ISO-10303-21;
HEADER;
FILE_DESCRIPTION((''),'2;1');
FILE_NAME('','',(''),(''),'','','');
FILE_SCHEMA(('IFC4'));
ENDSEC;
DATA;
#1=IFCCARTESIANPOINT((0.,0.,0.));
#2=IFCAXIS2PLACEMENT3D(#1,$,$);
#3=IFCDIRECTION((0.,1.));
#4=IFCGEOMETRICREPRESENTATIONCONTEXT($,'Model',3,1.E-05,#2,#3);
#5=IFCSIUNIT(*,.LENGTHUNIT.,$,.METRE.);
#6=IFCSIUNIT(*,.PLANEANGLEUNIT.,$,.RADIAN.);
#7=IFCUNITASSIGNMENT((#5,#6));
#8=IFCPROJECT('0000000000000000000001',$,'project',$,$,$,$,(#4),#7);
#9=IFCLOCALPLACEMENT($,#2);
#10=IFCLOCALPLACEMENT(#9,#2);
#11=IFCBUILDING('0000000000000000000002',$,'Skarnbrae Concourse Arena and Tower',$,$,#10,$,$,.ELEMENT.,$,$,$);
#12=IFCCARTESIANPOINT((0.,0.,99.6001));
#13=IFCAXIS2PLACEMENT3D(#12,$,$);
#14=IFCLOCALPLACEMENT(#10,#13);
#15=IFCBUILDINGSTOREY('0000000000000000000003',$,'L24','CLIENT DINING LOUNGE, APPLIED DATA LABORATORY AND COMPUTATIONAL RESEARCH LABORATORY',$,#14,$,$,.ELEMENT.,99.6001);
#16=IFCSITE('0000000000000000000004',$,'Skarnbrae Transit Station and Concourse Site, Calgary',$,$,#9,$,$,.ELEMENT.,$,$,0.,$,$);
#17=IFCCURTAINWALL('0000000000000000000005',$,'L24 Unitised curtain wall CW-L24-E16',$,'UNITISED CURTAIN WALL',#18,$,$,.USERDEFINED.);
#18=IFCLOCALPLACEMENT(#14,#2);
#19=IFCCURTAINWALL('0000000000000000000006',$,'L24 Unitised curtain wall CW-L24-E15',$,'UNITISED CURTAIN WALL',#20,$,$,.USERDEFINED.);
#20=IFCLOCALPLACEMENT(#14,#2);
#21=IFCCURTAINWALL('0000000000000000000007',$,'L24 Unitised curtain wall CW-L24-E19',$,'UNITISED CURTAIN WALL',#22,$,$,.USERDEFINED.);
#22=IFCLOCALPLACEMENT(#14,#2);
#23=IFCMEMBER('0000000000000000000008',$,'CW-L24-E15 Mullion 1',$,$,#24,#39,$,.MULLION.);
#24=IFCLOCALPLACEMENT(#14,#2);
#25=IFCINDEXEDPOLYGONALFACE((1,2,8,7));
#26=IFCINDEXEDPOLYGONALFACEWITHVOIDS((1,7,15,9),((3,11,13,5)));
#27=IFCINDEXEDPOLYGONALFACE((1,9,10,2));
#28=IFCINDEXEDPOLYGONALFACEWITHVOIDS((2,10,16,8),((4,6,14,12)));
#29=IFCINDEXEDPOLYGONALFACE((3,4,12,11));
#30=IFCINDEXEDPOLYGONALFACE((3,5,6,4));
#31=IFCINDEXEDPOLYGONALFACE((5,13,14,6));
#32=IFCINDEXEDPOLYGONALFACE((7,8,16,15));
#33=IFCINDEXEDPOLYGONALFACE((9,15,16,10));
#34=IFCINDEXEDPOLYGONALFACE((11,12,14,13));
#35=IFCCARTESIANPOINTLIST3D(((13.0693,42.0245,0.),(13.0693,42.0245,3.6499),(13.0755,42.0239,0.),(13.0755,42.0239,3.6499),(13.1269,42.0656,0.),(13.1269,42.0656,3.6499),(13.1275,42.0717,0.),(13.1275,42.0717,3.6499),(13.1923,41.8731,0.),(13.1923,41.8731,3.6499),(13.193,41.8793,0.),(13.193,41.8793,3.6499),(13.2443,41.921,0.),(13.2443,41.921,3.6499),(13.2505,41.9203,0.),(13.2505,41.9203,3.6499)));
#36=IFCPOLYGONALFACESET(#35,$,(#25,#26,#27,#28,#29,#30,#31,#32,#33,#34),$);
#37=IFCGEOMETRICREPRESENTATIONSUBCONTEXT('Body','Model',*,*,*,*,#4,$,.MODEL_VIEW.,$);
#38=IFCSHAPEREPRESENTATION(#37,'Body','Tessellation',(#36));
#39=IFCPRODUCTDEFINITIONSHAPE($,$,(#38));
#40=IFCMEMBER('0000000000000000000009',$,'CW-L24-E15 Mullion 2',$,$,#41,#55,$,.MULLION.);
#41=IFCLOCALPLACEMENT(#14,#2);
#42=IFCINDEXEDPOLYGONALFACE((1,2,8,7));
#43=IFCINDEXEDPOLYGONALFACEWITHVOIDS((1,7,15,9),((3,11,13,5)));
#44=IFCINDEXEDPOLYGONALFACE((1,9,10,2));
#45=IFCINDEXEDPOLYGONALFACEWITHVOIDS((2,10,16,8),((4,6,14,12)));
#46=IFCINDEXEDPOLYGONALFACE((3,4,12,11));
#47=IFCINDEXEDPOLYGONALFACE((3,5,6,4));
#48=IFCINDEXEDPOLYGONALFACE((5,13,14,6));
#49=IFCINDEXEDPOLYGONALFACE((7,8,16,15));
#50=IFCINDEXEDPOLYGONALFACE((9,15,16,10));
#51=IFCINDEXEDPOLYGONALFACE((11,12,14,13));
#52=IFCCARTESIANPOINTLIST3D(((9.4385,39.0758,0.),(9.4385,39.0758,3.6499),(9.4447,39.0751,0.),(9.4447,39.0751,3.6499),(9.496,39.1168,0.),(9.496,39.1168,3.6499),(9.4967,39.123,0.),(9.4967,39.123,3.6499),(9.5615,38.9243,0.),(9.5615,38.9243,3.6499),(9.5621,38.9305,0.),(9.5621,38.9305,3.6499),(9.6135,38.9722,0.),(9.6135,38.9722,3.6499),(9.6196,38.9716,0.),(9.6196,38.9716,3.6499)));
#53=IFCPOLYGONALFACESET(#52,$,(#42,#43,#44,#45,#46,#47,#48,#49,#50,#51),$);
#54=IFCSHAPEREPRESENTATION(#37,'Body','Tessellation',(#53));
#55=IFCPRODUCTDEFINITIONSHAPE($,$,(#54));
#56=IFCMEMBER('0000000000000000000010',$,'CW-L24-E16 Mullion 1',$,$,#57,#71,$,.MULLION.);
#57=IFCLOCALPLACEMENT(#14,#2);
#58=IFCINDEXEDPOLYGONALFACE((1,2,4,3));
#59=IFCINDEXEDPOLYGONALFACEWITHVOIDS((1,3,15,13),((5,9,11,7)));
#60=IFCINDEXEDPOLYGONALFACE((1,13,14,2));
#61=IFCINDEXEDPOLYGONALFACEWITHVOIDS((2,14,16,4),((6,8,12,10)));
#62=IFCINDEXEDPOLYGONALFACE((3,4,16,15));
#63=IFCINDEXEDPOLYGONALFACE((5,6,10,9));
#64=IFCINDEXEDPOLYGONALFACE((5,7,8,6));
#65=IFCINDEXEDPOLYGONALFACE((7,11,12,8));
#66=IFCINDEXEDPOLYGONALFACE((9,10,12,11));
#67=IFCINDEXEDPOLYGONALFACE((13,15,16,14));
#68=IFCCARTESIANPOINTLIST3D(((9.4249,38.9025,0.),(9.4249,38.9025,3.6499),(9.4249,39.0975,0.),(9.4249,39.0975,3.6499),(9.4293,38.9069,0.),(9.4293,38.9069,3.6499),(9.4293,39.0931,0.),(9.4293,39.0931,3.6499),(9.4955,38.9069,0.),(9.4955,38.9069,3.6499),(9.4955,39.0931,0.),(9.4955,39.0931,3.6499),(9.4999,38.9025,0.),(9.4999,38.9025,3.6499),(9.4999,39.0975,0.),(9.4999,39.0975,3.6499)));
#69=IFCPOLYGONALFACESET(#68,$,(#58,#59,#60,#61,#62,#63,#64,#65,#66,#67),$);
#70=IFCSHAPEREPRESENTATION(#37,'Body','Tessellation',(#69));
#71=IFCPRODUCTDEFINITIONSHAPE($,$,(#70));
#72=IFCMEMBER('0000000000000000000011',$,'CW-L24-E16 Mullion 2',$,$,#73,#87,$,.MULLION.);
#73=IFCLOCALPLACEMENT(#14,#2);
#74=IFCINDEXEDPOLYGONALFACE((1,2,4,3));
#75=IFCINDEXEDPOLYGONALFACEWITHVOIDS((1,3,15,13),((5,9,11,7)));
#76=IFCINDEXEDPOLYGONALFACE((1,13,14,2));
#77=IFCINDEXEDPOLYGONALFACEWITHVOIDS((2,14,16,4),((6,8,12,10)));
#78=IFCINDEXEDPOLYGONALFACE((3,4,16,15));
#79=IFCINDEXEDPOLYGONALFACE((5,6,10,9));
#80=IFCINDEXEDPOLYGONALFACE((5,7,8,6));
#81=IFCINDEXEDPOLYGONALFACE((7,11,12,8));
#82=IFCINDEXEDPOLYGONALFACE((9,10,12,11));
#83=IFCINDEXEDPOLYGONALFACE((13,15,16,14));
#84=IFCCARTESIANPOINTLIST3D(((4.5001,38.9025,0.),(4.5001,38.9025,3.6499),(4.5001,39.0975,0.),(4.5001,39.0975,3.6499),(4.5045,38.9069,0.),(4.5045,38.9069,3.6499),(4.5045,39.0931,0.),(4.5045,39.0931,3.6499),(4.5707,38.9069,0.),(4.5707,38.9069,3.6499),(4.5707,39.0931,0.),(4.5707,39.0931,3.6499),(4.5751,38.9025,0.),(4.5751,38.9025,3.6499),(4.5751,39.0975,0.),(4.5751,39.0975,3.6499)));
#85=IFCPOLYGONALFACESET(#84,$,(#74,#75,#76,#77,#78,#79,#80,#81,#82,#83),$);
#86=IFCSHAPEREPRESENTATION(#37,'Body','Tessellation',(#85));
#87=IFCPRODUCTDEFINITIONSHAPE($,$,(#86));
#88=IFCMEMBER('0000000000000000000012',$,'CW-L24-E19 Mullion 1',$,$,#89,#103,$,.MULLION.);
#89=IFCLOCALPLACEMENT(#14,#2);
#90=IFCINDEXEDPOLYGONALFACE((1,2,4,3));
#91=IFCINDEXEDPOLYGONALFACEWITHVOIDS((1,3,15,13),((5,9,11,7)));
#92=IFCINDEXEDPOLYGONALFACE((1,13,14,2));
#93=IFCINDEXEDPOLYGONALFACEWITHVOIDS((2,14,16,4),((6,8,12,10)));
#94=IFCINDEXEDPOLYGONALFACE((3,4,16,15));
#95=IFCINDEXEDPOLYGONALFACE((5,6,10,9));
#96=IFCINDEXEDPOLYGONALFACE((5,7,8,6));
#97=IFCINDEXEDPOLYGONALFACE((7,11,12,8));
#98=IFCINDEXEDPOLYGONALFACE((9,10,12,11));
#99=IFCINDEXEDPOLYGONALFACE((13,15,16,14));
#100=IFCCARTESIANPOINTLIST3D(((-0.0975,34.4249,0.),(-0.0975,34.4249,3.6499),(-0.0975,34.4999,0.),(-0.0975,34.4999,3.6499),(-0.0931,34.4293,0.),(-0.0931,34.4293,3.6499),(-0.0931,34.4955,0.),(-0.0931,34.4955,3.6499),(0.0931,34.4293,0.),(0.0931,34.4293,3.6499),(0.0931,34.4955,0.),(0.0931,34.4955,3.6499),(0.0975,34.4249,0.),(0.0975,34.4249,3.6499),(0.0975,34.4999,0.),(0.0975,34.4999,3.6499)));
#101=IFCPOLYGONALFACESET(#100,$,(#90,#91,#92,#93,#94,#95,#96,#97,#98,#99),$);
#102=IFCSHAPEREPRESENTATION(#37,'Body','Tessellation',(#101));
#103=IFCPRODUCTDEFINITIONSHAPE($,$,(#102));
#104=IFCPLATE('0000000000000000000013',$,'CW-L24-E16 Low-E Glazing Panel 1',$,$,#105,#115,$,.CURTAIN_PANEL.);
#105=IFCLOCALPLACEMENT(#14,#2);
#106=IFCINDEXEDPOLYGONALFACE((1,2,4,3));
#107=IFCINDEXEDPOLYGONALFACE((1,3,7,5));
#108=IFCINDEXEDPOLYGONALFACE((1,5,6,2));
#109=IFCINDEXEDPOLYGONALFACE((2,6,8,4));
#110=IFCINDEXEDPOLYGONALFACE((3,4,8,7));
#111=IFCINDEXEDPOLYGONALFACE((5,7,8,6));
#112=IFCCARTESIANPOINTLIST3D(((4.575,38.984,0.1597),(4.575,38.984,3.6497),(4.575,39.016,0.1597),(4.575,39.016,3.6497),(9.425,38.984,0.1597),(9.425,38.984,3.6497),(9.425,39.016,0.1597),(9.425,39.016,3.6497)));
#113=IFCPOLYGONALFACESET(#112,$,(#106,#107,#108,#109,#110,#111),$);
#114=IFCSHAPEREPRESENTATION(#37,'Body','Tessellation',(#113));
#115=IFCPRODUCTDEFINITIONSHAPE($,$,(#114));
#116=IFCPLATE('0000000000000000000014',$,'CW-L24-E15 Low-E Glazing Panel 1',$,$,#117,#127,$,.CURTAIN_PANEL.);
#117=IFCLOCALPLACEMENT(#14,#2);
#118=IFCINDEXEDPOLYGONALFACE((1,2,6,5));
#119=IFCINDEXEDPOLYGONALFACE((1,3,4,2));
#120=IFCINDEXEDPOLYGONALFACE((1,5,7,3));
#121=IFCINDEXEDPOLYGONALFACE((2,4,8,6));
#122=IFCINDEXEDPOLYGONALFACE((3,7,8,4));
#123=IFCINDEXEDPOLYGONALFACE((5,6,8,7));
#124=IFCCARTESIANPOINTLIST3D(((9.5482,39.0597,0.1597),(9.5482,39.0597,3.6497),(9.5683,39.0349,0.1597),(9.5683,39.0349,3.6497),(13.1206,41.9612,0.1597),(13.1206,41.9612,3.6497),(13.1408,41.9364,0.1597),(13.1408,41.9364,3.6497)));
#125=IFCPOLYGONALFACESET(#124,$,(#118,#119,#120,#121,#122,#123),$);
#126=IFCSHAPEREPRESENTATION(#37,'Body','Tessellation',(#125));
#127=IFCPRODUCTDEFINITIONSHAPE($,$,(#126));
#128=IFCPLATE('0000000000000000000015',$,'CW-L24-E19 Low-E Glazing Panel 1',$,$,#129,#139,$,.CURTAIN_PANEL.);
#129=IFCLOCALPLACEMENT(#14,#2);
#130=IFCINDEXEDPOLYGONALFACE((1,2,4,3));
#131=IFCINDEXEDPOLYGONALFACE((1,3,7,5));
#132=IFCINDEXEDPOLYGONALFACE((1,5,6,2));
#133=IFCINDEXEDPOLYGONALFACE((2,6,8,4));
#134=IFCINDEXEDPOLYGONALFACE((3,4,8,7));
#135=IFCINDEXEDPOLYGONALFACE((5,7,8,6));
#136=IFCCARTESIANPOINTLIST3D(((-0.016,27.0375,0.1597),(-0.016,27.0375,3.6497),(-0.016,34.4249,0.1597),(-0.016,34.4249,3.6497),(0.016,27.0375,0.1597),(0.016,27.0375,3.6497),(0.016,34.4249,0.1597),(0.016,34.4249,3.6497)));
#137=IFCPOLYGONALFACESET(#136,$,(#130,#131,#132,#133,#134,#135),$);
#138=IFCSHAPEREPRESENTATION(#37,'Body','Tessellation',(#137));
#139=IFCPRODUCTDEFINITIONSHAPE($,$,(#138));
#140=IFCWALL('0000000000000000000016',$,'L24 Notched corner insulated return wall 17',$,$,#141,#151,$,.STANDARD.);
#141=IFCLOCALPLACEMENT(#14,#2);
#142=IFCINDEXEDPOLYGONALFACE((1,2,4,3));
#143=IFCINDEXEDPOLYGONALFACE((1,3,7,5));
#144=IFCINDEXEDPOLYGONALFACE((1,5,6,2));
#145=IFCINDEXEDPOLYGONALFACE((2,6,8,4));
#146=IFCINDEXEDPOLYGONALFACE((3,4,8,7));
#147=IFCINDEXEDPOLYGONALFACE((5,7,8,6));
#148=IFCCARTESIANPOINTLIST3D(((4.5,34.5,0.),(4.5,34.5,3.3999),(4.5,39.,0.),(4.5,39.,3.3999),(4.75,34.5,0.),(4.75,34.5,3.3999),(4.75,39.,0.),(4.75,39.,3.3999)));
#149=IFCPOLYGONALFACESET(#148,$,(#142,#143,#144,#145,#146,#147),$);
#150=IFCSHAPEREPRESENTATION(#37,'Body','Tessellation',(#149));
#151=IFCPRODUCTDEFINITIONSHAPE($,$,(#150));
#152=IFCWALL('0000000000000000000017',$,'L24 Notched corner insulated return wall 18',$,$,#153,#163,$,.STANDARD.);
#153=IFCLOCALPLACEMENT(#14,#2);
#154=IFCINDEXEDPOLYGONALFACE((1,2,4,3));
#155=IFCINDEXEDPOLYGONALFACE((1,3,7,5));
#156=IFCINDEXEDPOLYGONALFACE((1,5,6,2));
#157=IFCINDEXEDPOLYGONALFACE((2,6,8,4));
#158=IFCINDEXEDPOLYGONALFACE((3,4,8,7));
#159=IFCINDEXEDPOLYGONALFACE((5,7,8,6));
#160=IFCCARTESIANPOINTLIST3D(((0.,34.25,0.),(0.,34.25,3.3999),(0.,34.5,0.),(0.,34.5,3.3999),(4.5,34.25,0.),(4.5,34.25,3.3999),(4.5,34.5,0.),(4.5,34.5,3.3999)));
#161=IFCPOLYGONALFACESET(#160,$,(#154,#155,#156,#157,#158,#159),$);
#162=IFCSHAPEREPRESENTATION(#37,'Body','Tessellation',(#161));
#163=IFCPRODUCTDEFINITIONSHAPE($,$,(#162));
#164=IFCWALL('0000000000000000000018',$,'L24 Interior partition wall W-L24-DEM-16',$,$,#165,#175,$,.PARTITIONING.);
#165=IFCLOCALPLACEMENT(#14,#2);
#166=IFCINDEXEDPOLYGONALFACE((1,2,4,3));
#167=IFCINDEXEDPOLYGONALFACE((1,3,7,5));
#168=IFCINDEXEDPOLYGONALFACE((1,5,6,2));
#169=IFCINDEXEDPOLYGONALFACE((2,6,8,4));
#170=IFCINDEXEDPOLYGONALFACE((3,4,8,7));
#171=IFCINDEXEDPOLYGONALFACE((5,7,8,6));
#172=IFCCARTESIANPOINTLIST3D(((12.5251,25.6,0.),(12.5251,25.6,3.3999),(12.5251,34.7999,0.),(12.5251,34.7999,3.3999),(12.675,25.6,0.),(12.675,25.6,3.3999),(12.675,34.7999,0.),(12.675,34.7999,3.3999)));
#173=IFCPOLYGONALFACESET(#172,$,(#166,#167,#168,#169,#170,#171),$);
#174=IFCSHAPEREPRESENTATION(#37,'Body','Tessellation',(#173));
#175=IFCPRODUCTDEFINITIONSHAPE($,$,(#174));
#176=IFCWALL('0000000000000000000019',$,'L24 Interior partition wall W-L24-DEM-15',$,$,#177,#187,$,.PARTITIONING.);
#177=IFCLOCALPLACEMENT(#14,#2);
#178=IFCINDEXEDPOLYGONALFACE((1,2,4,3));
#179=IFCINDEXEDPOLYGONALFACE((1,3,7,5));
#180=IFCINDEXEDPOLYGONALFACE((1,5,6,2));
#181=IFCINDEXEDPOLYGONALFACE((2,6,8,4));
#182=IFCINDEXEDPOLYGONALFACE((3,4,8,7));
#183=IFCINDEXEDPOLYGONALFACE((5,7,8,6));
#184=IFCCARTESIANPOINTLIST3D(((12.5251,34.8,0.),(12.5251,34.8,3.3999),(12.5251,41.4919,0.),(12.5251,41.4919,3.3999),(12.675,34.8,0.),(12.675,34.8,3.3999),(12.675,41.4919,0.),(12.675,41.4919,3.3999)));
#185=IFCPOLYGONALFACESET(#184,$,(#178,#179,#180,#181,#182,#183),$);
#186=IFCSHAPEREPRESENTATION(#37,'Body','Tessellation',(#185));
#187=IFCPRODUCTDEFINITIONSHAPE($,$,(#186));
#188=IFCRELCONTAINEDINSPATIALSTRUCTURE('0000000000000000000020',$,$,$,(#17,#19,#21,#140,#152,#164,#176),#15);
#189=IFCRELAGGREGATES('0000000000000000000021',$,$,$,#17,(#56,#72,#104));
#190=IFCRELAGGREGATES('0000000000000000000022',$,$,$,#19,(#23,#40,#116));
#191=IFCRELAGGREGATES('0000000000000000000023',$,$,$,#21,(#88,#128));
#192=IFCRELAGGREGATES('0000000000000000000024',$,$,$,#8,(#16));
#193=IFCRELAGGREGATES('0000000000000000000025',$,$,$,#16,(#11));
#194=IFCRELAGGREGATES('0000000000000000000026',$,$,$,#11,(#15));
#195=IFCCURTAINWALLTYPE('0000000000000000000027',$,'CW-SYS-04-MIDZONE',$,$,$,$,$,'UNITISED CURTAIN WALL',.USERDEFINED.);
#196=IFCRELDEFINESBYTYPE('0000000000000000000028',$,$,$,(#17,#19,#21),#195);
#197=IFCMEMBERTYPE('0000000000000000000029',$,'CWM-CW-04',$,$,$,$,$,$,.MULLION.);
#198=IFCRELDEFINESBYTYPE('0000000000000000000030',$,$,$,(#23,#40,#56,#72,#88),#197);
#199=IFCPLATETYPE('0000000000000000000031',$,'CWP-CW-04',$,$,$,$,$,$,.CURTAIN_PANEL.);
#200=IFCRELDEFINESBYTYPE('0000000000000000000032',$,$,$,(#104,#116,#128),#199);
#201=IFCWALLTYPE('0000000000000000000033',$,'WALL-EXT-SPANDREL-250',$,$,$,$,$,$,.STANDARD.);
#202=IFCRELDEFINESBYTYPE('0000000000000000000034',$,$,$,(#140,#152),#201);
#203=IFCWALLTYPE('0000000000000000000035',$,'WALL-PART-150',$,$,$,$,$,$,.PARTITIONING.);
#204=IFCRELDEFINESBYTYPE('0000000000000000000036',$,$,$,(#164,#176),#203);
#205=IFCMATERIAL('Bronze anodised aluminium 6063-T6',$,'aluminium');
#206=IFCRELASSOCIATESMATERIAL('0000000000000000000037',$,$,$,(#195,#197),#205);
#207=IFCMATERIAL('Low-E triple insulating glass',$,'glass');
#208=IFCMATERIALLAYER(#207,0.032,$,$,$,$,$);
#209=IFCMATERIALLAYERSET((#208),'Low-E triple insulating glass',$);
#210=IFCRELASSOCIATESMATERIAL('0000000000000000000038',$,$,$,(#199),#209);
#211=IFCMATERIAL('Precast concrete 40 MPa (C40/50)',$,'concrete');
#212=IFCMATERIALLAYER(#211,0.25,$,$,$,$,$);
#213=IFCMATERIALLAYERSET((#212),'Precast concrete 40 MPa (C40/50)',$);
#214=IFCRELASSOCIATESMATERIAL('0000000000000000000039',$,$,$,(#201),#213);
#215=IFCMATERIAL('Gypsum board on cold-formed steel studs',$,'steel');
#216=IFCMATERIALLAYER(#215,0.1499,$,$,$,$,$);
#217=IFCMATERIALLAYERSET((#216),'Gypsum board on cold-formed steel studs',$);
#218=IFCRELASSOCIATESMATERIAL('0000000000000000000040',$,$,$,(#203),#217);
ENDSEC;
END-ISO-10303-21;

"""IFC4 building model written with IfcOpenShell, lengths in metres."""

from ifc_helpers import new_model, si_unit, direction, frame, frame_2d, origin, origin_2d, place, context, subcontext, project, spatial, rectangle, hollow_rectangle, extrude, source, transform, mapped, material, layer, layer_set, material_profile, profile_set, type_object, element, aggregate, save


model = new_model("IFC4")

# Units and contexts
model_context = context("Model", 3, precision=1e-05, world=origin(), true_north=direction((0.0, 1.0)))
body_context = subcontext(model_context, "Body", "Model", "MODEL_VIEW")
ifc_project = project(units=[si_unit("LENGTHUNIT", "METRE"), si_unit("PLANEANGLEUNIT", "RADIAN")], contexts=[model_context])

# Site, building, storey
site_placement = place(None, origin())
site = spatial("IfcSite", under=ifc_project, at=site_placement, Name="Skarnbrae Transit Station and Concourse Site, Calgary", CompositionType="ELEMENT", RefElevation=0.0)
building_placement = place(site_placement, origin())
building = spatial("IfcBuilding", under=site, at=building_placement, Name="Skarnbrae Concourse Arena and Tower", CompositionType="ELEMENT")
storey_placement = place(building_placement, frame((0.0, 0.0, 99.6001)))
storey = spatial("IfcBuildingStorey", under=building, at=storey_placement, Name="L24", Description="CLIENT DINING LOUNGE, APPLIED DATA LABORATORY AND COMPUTATIONAL RESEARCH LABORATORY", CompositionType="ELEMENT", Elevation=99.6001)

# Curtain walls
ifc_material_1 = material(Name="Bronze anodised aluminium 6063-T6", Category="aluminium")
curtain_wall_type_1 = type_object("IfcCurtainWallType", Name="CW-SYS-04-MIDZONE", ElementType="UNITISED CURTAIN WALL", PredefinedType="USERDEFINED", material=ifc_material_1)
curtain_wall_1_placement = place(storey_placement, origin())
curtain_wall_1 = element("IfcCurtainWall", 1, at=curtain_wall_1_placement, inside=storey, type_object=curtain_wall_type_1, Name="L24 Unitised curtain wall CW-L24-E16", ObjectType="UNITISED CURTAIN WALL", PredefinedType="USERDEFINED")
curtain_wall_2_placement = place(storey_placement, origin())
curtain_wall_2 = element("IfcCurtainWall", 2, at=curtain_wall_2_placement, inside=storey, type_object=curtain_wall_type_1, Name="L24 Unitised curtain wall CW-L24-E15", ObjectType="UNITISED CURTAIN WALL", PredefinedType="USERDEFINED")
curtain_wall_3_placement = place(storey_placement, origin())
curtain_wall_3 = element("IfcCurtainWall", 3, at=curtain_wall_3_placement, inside=storey, type_object=curtain_wall_type_1, Name="L24 Unitised curtain wall CW-L24-E19", ObjectType="UNITISED CURTAIN WALL", PredefinedType="USERDEFINED")

# Members
ifc_material_profile_1 = material_profile(ifc_material_1, hollow_rectangle(XDim=0.075, YDim=0.1951, WallThickness=0.0044, at=origin_2d()), Name="ALU-MULL-75X195")
ifc_profile_set_1 = profile_set([ifc_material_profile_1], Name="Bronze anodised aluminium 6063-T6")
member_type_1 = type_object("IfcMemberType", Name="CWM-CW-04", PredefinedType="MULLION", material=ifc_profile_set_1)
shared_shape_1 = source(origin(), body_context, "Body", "SweptSolid", [
    extrude(hollow_rectangle(XDim=0.075, YDim=0.1951, WallThickness=0.0044, at=origin_2d()), origin(), (0.0, 0.0, 1.0), 3.6499),
])
member_1_placement = place(storey_placement, frame((13.1599, 41.9724, 0.0), z_axis=(0.0, 0.0, 1.0), x_axis=(-0.776241, -0.630436, 0.0)))
member_1 = element("IfcMember", 4, at=member_1_placement, type_object=member_type_1, Name="CW-L24-E15 Mullion 1", PredefinedType="MULLION", context=body_context, shape_type="MappedRepresentation", body=[
    mapped(shared_shape_1, transform((0.0, 0.0, 0.0))),
])
member_2_placement = place(storey_placement, frame((9.5291, 39.0237, 0.0), z_axis=(0.0, 0.0, 1.0), x_axis=(-0.776241, -0.630436, 0.0)))
member_2 = element("IfcMember", 5, at=member_2_placement, type_object=member_type_1, Name="CW-L24-E15 Mullion 2", PredefinedType="MULLION", context=body_context, shape_type="MappedRepresentation", body=[
    mapped(shared_shape_1, transform((0.0, 0.0, 0.0))),
])
member_3_placement = place(storey_placement, frame((9.4624, 39.0, 0.0), z_axis=(0.0, 0.0, 1.0), x_axis=(-1.0, 0.0, 0.0)))
member_3 = element("IfcMember", 6, at=member_3_placement, type_object=member_type_1, Name="CW-L24-E16 Mullion 1", PredefinedType="MULLION", context=body_context, shape_type="MappedRepresentation", body=[
    mapped(shared_shape_1, transform((0.0, 0.0, 0.0))),
])
member_4_placement = place(storey_placement, frame((4.5376, 39.0, 0.0), z_axis=(0.0, 0.0, 1.0), x_axis=(-1.0, 0.0, 0.0)))
member_4 = element("IfcMember", 7, at=member_4_placement, type_object=member_type_1, Name="CW-L24-E16 Mullion 2", PredefinedType="MULLION", context=body_context, shape_type="MappedRepresentation", body=[
    mapped(shared_shape_1, transform((0.0, 0.0, 0.0))),
])
member_5_placement = place(storey_placement, frame((0.0, 34.4624, 0.0), z_axis=(0.0, 0.0, 1.0), x_axis=(0.0, -1.0, 0.0)))
member_5 = element("IfcMember", 8, at=member_5_placement, type_object=member_type_1, Name="CW-L24-E19 Mullion 1", PredefinedType="MULLION", context=body_context, shape_type="MappedRepresentation", body=[
    mapped(shared_shape_1, transform((0.0, 0.0, 0.0))),
])

# Plates
ifc_material_2 = material(Name="Low-E triple insulating glass", Category="glass")
ifc_layer_1 = layer(ifc_material_2, 0.032)
ifc_layer_set_1 = layer_set([ifc_layer_1], Name="Low-E triple insulating glass")
plate_type = type_object("IfcPlateType", Name="CWP-CW-04", PredefinedType="CURTAIN_PANEL", material=ifc_layer_set_1)
shared_shape_2 = source(origin(), body_context, "Body", "SweptSolid", [
    extrude(rectangle(XDim=4.8501, YDim=0.032, at=origin_2d()), origin(), (0.0, 0.0, 1.0), 3.49),
])
plate_1_placement = place(storey_placement, frame((7.0, 39.0, 0.1597), z_axis=(0.0, 0.0, 1.0), x_axis=(-1.0, 0.0, 0.0)))
plate_1 = element("IfcPlate", 9, at=plate_1_placement, type_object=plate_type, Name="CW-L24-E16 Low-E Glazing Panel 1", PredefinedType="CURTAIN_PANEL", context=body_context, shape_type="MappedRepresentation", body=[
    mapped(shared_shape_2, transform((0.0, 0.0, 0.0))),
])
aggregate(curtain_wall_1, [member_3, member_4, plate_1])
shared_shape_3 = source(origin(), body_context, "Body", "SweptSolid", [
    extrude(rectangle(XDim=4.6023, YDim=0.032, at=origin_2d()), origin(), (0.0, 0.0, 1.0), 3.49),
])
plate_2_placement = place(storey_placement, frame((11.3445, 40.498, 0.1597), z_axis=(0.0, 0.0, 1.0), x_axis=(-0.776241, -0.630436, 0.0)))
plate_2 = element("IfcPlate", 10, at=plate_2_placement, type_object=plate_type, Name="CW-L24-E15 Low-E Glazing Panel 1", PredefinedType="CURTAIN_PANEL", context=body_context, shape_type="MappedRepresentation", body=[
    mapped(shared_shape_3, transform((0.0, 0.0, 0.0))),
])
aggregate(curtain_wall_2, [member_1, member_2, plate_2])
shared_shape_4 = source(origin(), body_context, "Body", "SweptSolid", [
    extrude(rectangle(XDim=7.3875, YDim=0.032, at=origin_2d()), origin(), (0.0, 0.0, 1.0), 3.49),
])
plate_3_placement = place(storey_placement, frame((0.0, 30.7312, 0.1597), z_axis=(0.0, 0.0, 1.0), x_axis=(0.0, -1.0, 0.0)))
plate_3 = element("IfcPlate", 11, at=plate_3_placement, type_object=plate_type, Name="CW-L24-E19 Low-E Glazing Panel 1", PredefinedType="CURTAIN_PANEL", context=body_context, shape_type="MappedRepresentation", body=[
    mapped(shared_shape_4, transform((0.0, 0.0, 0.0))),
])
aggregate(curtain_wall_3, [member_5, plate_3])

# Walls
ifc_material_3 = material(Name="Precast concrete 40 MPa (C40/50)", Category="concrete")
ifc_layer_2 = layer(ifc_material_3, 0.25)
ifc_layer_set_2 = layer_set([ifc_layer_2], Name="Precast concrete 40 MPa (C40/50)")
wall_type_1 = type_object("IfcWallType", Name="WALL-EXT-SPANDREL-250", PredefinedType="STANDARD", material=ifc_layer_set_2)
shared_shape_5 = source(origin(), body_context, "Body", "SweptSolid", [
    extrude(rectangle(XDim=4.5, YDim=0.25, at=frame_2d((2.25, 0.0))), origin(), (0.0, 0.0, 1.0), 3.3999),
])
for number, where, z_axis, x_axis, name in (
    (12, (4.625, 39.0, 0.0), (0.0, 0.0, 1.0), (0.0, -1.0, 0.0), "L24 Notched corner insulated return wall 17"),
    (13, (4.5, 34.375, 0.0), (0.0, 0.0, 1.0), (-1.0, 0.0, 0.0), "L24 Notched corner insulated return wall 18"),
):
    element("IfcWall", number, at=place(storey_placement, frame(where, z_axis=z_axis, x_axis=x_axis)), inside=storey, type_object=wall_type_1, Name=name, PredefinedType="STANDARD", context=body_context, shape_type="MappedRepresentation", body=[
        mapped(shared_shape_5, transform((0.0, 0.0, 0.0))),
    ])
ifc_material_4 = material(Name="Gypsum board on cold-formed steel studs", Category="steel")
ifc_layer_3 = layer(ifc_material_4, 0.1499)
ifc_layer_set_3 = layer_set([ifc_layer_3], Name="Gypsum board on cold-formed steel studs")
wall_type_2 = type_object("IfcWallType", Name="WALL-PART-150", PredefinedType="PARTITIONING", material=ifc_layer_set_3)
shared_shape_6 = source(origin(), body_context, "Body", "SweptSolid", [
    extrude(rectangle(XDim=9.2, YDim=0.1499, at=frame_2d((4.6001, 0.0))), origin(), (0.0, 0.0, 1.0), 3.3999),
])
wall_1_placement = place(storey_placement, frame((12.6001, 34.8, 0.0), z_axis=(0.0, 0.0, 1.0), x_axis=(0.0, -1.0, 0.0)))
element("IfcWall", 14, at=wall_1_placement, inside=storey, type_object=wall_type_2, Name="L24 Interior partition wall W-L24-DEM-16", PredefinedType="PARTITIONING", context=body_context, shape_type="MappedRepresentation", body=[
    mapped(shared_shape_6, transform((0.0, 0.0, 0.0))),
])
shared_shape_7 = source(origin(), body_context, "Body", "SweptSolid", [
    extrude(rectangle(XDim=6.6919, YDim=0.1499, at=frame_2d((3.3459, 0.0))), origin(), (0.0, 0.0, 1.0), 3.3999),
])
wall_2_placement = place(storey_placement, frame((12.6001, 41.4919, 0.0), z_axis=(0.0, 0.0, 1.0), x_axis=(0.0, -1.0, 0.0)))
element("IfcWall", 15, at=wall_2_placement, inside=storey, type_object=wall_type_2, Name="L24 Interior partition wall W-L24-DEM-15", PredefinedType="PARTITIONING", context=body_context, shape_type="MappedRepresentation", body=[
    mapped(shared_shape_7, transform((0.0, 0.0, 0.0))),
])

save(model, "model.ifc")
